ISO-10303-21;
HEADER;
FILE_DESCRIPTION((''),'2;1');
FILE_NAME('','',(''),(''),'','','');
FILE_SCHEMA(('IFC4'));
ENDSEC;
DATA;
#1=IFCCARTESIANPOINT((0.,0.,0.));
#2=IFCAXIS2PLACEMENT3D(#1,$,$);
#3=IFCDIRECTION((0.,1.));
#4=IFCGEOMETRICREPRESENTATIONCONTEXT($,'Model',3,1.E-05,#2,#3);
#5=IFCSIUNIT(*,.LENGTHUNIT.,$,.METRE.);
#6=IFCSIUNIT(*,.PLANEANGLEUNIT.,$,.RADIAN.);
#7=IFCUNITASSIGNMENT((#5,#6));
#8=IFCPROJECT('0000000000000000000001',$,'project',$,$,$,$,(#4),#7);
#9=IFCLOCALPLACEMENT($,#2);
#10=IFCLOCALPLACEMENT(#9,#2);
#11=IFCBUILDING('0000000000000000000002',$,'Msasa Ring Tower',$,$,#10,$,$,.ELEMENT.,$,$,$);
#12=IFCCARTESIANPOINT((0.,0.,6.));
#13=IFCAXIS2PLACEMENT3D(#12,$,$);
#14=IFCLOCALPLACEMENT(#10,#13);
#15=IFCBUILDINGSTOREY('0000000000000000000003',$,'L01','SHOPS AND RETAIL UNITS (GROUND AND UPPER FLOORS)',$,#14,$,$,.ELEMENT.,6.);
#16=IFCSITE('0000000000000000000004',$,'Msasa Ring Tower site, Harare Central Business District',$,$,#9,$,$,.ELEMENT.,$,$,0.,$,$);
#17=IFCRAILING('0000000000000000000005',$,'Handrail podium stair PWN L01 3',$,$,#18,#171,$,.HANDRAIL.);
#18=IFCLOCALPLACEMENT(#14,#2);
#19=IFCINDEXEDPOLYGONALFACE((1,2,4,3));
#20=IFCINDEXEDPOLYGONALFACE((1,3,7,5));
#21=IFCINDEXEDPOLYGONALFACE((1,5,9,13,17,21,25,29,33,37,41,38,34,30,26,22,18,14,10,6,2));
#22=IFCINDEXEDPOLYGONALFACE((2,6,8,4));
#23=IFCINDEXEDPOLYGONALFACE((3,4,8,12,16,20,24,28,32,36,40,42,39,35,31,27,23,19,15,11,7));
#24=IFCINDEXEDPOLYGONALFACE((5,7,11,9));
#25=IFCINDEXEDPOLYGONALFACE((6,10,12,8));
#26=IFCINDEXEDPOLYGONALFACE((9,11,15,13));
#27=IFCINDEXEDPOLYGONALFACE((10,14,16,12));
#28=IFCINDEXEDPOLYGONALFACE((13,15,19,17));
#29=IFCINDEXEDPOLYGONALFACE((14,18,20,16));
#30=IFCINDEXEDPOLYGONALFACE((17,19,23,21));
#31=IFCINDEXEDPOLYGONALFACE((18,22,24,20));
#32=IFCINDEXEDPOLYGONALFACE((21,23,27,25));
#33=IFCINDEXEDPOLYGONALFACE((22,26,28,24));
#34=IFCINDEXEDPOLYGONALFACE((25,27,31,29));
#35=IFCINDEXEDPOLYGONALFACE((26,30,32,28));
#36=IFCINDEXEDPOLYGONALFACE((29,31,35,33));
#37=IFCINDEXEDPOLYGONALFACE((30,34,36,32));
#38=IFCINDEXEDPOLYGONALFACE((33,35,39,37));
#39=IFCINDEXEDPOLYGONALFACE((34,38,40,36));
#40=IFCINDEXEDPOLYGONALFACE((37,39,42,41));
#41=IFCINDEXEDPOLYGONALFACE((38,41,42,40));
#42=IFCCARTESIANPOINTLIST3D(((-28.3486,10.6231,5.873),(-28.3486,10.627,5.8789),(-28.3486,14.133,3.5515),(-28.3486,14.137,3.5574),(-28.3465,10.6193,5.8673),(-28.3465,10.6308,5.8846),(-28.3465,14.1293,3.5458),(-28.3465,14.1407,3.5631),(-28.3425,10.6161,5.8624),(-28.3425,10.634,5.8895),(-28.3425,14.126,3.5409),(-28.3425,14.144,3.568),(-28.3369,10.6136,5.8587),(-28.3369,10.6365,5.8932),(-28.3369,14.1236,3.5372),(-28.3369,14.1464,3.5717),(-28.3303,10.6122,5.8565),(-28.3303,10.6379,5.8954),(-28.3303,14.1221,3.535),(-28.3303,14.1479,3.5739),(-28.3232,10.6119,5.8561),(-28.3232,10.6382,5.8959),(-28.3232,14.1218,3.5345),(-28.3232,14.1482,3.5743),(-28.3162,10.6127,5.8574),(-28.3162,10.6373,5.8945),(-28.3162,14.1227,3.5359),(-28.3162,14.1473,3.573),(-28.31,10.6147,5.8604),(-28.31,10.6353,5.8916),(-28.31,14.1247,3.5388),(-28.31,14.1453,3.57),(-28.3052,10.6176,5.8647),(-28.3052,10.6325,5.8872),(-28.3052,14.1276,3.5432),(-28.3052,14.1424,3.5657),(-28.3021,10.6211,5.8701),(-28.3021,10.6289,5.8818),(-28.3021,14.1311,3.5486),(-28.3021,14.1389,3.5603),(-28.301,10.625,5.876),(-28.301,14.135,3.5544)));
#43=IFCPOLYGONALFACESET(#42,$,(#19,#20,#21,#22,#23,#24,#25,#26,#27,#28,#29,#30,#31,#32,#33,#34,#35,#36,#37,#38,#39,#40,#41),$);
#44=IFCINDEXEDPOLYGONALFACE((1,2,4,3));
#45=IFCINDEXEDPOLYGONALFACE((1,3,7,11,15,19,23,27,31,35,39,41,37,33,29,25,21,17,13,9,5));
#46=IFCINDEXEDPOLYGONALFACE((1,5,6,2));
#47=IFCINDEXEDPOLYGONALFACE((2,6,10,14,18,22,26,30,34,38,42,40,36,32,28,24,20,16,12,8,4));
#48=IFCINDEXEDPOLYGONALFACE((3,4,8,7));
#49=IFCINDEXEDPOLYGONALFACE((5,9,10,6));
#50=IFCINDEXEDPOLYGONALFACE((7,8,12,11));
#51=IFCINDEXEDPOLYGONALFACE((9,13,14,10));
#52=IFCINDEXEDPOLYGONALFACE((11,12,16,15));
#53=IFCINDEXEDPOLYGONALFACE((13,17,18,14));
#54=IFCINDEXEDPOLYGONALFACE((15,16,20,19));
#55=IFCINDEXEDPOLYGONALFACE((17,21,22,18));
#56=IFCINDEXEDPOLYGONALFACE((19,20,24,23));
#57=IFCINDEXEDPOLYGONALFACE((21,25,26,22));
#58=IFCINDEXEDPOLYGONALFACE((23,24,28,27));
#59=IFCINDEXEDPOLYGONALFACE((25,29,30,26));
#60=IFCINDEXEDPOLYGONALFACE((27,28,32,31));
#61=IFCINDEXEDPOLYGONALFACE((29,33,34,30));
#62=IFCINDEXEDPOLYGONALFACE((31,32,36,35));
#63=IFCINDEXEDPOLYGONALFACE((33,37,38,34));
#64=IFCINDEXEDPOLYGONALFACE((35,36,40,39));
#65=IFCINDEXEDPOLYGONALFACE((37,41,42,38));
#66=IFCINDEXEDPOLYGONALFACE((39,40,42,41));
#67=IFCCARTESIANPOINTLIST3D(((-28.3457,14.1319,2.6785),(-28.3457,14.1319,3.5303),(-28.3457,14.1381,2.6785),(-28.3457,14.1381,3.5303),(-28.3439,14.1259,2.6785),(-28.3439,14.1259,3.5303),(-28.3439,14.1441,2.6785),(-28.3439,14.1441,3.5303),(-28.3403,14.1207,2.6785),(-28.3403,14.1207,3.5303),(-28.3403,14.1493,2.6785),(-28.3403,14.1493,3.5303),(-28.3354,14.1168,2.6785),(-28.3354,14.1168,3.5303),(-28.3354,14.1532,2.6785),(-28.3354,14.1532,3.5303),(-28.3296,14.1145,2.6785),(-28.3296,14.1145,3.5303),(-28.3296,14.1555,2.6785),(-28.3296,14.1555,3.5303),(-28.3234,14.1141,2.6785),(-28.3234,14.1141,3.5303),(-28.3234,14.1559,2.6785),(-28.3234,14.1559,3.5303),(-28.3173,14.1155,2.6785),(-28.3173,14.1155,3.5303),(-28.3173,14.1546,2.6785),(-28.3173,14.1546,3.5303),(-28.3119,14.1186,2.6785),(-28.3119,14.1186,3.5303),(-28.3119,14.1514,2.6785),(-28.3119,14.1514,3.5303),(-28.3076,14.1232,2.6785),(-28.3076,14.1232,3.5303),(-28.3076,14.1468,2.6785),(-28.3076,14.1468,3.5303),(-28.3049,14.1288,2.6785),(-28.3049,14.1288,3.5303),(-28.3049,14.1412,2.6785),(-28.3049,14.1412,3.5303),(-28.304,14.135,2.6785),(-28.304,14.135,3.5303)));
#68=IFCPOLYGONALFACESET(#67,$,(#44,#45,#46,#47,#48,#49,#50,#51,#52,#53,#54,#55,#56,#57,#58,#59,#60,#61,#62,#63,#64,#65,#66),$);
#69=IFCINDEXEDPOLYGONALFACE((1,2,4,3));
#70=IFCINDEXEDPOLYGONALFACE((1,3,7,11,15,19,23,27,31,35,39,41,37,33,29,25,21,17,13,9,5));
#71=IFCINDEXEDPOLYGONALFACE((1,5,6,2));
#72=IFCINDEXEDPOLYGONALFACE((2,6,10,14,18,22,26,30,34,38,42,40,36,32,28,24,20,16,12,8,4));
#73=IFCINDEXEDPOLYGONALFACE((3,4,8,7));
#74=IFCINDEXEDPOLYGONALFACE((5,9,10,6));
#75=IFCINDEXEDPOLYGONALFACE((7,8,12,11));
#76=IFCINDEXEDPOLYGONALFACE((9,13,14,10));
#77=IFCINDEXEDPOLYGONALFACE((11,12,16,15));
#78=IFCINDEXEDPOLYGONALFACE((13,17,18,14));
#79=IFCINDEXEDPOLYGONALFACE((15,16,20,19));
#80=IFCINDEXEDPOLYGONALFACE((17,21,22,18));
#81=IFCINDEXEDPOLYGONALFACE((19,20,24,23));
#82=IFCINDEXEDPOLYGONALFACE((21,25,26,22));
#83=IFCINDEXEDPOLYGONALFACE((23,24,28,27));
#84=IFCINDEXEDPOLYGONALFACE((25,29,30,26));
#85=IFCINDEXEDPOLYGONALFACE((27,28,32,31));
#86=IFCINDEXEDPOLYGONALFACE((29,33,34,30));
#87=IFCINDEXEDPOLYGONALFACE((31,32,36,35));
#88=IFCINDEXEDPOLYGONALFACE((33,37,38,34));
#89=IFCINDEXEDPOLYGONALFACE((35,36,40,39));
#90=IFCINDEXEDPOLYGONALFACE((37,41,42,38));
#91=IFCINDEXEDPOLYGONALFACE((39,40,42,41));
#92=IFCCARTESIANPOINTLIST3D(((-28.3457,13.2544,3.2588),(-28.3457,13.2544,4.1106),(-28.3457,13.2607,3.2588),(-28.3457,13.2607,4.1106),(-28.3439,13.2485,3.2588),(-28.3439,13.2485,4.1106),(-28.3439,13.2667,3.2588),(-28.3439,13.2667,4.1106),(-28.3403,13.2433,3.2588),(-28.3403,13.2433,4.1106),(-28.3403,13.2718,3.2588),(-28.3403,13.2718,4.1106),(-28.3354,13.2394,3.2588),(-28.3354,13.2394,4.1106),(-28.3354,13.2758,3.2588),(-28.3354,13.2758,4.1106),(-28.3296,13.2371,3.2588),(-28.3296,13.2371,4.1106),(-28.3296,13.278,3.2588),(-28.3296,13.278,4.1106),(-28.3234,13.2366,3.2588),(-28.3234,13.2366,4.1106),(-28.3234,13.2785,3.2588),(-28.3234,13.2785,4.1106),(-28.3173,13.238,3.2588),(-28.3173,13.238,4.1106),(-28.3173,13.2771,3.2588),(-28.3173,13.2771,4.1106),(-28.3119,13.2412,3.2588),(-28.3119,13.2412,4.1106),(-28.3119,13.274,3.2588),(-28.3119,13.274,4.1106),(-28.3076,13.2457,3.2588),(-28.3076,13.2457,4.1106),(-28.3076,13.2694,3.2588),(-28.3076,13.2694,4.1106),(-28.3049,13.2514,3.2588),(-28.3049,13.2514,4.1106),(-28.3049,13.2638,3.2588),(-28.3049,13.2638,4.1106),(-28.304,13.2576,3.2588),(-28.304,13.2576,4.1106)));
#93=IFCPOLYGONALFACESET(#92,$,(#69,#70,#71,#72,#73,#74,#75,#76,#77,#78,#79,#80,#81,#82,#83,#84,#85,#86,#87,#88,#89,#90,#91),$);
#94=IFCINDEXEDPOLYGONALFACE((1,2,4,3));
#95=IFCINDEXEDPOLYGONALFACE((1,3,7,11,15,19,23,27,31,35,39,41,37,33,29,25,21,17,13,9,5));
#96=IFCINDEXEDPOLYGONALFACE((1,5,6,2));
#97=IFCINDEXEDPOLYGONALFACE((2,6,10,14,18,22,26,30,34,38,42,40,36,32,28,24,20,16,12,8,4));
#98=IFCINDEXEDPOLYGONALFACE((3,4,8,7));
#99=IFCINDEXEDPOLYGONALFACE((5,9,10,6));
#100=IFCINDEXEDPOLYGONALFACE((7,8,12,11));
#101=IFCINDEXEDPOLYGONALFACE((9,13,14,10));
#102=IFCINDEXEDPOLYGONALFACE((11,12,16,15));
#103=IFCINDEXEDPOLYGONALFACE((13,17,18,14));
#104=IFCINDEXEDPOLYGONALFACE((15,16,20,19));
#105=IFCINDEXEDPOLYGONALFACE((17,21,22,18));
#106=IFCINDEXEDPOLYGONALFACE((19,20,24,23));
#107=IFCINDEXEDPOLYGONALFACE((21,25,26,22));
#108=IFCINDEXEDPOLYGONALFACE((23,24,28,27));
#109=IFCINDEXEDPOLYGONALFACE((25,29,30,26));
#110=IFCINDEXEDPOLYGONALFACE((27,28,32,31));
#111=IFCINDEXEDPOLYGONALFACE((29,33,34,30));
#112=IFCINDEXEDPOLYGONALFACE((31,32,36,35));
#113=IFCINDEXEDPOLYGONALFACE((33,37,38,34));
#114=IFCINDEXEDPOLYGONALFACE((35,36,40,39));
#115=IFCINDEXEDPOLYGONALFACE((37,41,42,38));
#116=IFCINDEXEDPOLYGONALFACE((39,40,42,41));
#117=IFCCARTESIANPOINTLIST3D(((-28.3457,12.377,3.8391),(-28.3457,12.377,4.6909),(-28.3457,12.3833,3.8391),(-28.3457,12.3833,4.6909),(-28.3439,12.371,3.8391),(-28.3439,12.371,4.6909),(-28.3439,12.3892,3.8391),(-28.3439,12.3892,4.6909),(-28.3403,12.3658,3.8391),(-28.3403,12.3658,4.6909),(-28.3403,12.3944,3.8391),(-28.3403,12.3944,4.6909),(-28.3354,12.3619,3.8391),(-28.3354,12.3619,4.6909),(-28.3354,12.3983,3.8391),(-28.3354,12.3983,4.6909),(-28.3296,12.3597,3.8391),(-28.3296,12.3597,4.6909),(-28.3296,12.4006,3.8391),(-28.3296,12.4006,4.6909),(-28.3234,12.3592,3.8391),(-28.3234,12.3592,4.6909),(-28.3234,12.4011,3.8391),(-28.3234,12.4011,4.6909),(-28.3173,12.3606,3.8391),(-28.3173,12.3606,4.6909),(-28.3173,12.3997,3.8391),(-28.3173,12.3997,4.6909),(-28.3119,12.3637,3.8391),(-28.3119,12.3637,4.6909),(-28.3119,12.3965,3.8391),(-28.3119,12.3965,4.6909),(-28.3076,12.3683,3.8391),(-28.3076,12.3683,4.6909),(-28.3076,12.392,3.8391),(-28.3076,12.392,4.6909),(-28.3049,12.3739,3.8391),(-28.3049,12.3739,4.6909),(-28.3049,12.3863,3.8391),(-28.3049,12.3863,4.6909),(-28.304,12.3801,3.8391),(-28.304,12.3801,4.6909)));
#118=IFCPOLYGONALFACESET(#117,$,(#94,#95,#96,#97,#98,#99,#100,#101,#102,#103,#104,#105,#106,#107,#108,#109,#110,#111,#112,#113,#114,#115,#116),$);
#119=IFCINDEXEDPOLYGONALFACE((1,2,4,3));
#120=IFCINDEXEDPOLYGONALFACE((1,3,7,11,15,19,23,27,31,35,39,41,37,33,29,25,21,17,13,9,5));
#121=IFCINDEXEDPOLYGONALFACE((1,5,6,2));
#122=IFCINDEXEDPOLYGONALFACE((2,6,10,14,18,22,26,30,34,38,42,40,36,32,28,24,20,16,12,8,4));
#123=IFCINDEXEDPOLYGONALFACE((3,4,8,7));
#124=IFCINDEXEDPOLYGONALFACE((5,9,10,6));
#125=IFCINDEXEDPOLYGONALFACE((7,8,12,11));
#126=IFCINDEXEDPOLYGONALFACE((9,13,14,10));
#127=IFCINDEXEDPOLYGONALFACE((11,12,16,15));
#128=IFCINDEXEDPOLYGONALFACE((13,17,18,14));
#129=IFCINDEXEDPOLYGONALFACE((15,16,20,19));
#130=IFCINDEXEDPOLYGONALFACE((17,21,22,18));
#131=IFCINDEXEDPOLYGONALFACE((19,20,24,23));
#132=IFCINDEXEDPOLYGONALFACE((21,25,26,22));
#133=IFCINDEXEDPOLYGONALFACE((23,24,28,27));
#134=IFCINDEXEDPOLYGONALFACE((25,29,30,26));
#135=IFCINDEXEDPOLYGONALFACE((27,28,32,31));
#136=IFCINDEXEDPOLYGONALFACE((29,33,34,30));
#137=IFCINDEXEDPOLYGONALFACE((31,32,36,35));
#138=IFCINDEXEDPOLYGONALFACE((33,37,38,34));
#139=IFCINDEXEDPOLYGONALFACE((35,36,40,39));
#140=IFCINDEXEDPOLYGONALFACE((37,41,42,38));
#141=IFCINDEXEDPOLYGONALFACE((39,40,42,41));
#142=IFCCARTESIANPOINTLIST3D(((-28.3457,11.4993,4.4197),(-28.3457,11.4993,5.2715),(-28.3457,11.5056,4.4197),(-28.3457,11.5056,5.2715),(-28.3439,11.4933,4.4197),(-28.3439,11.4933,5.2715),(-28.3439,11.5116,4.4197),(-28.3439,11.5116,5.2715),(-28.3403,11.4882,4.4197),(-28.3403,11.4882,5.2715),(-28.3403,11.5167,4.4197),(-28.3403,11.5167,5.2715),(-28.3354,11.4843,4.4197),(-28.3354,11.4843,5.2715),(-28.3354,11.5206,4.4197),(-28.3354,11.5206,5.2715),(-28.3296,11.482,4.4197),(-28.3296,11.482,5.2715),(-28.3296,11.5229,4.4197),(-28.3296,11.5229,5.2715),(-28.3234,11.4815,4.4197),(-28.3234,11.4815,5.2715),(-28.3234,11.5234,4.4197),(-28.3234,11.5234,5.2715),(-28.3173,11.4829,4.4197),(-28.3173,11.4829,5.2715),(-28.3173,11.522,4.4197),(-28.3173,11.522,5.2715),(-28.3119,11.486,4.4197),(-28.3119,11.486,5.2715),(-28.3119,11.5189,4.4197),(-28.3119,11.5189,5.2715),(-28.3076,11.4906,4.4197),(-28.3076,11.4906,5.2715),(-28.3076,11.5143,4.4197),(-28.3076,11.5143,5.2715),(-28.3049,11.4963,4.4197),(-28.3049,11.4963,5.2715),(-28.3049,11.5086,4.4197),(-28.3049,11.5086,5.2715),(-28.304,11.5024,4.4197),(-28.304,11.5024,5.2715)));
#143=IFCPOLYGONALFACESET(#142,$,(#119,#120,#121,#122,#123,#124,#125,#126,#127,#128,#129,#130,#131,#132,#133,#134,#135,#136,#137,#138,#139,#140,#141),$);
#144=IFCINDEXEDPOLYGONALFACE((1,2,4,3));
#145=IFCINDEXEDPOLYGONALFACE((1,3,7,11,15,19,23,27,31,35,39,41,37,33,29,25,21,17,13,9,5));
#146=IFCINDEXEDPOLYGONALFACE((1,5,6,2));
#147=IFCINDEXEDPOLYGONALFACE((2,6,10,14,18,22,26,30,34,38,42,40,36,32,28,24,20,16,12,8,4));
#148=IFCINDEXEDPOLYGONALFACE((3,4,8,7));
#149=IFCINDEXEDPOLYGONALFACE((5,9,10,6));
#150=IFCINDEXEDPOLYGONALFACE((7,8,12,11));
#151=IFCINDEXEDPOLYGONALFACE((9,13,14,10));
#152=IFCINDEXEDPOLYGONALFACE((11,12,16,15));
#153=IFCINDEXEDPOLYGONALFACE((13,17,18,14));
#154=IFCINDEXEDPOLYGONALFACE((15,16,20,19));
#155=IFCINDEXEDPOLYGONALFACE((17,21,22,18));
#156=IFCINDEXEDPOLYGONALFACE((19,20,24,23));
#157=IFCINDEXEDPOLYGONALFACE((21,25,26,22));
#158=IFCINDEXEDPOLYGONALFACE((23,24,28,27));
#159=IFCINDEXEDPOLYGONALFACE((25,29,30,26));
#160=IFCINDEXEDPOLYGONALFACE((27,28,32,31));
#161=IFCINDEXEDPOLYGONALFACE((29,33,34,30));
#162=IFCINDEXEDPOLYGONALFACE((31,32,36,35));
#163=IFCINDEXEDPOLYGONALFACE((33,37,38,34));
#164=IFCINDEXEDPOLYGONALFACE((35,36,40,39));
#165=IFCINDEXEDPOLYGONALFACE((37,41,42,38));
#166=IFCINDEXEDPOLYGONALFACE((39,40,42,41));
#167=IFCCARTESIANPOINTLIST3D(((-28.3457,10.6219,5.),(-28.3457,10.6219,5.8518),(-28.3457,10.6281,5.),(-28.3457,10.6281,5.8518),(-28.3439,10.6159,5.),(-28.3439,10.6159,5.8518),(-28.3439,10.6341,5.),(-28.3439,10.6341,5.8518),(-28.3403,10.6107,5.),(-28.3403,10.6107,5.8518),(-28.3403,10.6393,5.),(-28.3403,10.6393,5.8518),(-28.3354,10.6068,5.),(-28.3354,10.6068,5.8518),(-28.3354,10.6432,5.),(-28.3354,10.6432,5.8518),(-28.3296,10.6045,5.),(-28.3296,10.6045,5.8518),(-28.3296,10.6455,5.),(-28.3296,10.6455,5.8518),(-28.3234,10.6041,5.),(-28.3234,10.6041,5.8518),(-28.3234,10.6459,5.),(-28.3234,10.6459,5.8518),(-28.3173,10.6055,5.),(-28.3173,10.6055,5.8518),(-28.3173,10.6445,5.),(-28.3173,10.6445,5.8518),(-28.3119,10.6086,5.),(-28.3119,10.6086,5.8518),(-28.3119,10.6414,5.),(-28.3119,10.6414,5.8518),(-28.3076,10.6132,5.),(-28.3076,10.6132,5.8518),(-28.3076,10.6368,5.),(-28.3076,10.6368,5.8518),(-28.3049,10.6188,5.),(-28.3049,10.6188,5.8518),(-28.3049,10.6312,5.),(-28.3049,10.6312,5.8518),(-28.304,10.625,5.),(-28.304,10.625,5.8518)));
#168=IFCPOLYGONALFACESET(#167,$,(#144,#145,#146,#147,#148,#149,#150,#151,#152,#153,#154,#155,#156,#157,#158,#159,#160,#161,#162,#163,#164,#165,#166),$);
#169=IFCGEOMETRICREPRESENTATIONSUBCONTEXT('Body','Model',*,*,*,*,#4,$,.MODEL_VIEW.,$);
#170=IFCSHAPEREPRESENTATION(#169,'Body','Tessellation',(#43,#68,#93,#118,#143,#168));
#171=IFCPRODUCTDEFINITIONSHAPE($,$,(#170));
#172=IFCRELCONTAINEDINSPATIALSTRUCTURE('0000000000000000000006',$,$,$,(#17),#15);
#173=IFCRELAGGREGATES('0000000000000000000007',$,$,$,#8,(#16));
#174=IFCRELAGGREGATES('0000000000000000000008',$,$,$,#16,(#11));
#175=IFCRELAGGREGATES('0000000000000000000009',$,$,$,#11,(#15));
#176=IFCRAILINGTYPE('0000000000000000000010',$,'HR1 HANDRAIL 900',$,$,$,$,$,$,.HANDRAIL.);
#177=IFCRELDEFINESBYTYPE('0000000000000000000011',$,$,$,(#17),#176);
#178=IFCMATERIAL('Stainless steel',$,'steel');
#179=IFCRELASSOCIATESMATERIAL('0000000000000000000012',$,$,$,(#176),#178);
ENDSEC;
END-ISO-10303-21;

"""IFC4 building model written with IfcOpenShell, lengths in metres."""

from ifc_helpers import new_model, si_unit, direction, frame, origin, origin_2d, place, context, subcontext, project, spatial, circle, extrude, material, type_object, element, save


model = new_model("IFC4")

# Units and contexts
model_context = context("Model", 3, precision=1e-05, world=origin(), true_north=direction((0.0, 1.0)))
body_context = subcontext(model_context, "Body", "Model", "MODEL_VIEW")
ifc_project = project(units=[si_unit("LENGTHUNIT", "METRE"), si_unit("PLANEANGLEUNIT", "RADIAN")], contexts=[model_context])

# Site, building, storey
site_placement = place(None, origin())
site = spatial("IfcSite", under=ifc_project, at=site_placement, Name="Msasa Ring Tower site, Harare Central Business District", CompositionType="ELEMENT", RefElevation=0.0)
building_placement = place(site_placement, origin())
building = spatial("IfcBuilding", under=site, at=building_placement, Name="Msasa Ring Tower", CompositionType="ELEMENT")
storey_placement = place(building_placement, frame((0.0, 0.0, 6.0)))
storey = spatial("IfcBuildingStorey", under=building, at=storey_placement, Name="L01", Description="SHOPS AND RETAIL UNITS (GROUND AND UPPER FLOORS)", CompositionType="ELEMENT", Elevation=6.0)

# Railing
ifc_material_1 = material(Name="Stainless steel", Category="steel")
railing_type = type_object("IfcRailingType", Name="HR1 HANDRAIL 900", PredefinedType="HANDRAIL", material=ifc_material_1)
for number, where, name in (
    (1, (-28.325, 14.135, 2.6785), "Handrail podium stair PWN L01 3"),
):
    element("IfcRailing", number, at=place(storey_placement, frame(where)), inside=storey, type_object=railing_type, Name=name, PredefinedType="HANDRAIL", context=body_context, shape_type="SweptSolid", body=[
        extrude(circle(Radius=0.0239, at=origin_2d()), frame((0.0, 0.0, 0.876), z_axis=(0.0, -0.834071, 0.551657), x_axis=(1.0, 0.0, 0.0)), (0.0, 0.0, 1.0), 4.2083),
        extrude(circle(Radius=0.021, at=origin_2d()), origin(), (0.0, 0.0, 1.0), 0.8518),
        extrude(circle(Radius=0.021, at=origin_2d()), frame((0.0, -0.8774, 0.5803)), (0.0, 0.0, 1.0), 0.8518),
        extrude(circle(Radius=0.021, at=origin_2d()), frame((0.0, -1.7549, 1.1606)), (0.0, 0.0, 1.0), 0.8518),
        extrude(circle(Radius=0.021, at=origin_2d()), frame((0.0, -2.6326, 1.7412)), (0.0, 0.0, 1.0), 0.8518),
        extrude(circle(Radius=0.021, at=origin_2d()), frame((0.0, -3.51, 2.3215)), (0.0, 0.0, 1.0), 0.8518),
    ])

save(model, "model.ifc")
